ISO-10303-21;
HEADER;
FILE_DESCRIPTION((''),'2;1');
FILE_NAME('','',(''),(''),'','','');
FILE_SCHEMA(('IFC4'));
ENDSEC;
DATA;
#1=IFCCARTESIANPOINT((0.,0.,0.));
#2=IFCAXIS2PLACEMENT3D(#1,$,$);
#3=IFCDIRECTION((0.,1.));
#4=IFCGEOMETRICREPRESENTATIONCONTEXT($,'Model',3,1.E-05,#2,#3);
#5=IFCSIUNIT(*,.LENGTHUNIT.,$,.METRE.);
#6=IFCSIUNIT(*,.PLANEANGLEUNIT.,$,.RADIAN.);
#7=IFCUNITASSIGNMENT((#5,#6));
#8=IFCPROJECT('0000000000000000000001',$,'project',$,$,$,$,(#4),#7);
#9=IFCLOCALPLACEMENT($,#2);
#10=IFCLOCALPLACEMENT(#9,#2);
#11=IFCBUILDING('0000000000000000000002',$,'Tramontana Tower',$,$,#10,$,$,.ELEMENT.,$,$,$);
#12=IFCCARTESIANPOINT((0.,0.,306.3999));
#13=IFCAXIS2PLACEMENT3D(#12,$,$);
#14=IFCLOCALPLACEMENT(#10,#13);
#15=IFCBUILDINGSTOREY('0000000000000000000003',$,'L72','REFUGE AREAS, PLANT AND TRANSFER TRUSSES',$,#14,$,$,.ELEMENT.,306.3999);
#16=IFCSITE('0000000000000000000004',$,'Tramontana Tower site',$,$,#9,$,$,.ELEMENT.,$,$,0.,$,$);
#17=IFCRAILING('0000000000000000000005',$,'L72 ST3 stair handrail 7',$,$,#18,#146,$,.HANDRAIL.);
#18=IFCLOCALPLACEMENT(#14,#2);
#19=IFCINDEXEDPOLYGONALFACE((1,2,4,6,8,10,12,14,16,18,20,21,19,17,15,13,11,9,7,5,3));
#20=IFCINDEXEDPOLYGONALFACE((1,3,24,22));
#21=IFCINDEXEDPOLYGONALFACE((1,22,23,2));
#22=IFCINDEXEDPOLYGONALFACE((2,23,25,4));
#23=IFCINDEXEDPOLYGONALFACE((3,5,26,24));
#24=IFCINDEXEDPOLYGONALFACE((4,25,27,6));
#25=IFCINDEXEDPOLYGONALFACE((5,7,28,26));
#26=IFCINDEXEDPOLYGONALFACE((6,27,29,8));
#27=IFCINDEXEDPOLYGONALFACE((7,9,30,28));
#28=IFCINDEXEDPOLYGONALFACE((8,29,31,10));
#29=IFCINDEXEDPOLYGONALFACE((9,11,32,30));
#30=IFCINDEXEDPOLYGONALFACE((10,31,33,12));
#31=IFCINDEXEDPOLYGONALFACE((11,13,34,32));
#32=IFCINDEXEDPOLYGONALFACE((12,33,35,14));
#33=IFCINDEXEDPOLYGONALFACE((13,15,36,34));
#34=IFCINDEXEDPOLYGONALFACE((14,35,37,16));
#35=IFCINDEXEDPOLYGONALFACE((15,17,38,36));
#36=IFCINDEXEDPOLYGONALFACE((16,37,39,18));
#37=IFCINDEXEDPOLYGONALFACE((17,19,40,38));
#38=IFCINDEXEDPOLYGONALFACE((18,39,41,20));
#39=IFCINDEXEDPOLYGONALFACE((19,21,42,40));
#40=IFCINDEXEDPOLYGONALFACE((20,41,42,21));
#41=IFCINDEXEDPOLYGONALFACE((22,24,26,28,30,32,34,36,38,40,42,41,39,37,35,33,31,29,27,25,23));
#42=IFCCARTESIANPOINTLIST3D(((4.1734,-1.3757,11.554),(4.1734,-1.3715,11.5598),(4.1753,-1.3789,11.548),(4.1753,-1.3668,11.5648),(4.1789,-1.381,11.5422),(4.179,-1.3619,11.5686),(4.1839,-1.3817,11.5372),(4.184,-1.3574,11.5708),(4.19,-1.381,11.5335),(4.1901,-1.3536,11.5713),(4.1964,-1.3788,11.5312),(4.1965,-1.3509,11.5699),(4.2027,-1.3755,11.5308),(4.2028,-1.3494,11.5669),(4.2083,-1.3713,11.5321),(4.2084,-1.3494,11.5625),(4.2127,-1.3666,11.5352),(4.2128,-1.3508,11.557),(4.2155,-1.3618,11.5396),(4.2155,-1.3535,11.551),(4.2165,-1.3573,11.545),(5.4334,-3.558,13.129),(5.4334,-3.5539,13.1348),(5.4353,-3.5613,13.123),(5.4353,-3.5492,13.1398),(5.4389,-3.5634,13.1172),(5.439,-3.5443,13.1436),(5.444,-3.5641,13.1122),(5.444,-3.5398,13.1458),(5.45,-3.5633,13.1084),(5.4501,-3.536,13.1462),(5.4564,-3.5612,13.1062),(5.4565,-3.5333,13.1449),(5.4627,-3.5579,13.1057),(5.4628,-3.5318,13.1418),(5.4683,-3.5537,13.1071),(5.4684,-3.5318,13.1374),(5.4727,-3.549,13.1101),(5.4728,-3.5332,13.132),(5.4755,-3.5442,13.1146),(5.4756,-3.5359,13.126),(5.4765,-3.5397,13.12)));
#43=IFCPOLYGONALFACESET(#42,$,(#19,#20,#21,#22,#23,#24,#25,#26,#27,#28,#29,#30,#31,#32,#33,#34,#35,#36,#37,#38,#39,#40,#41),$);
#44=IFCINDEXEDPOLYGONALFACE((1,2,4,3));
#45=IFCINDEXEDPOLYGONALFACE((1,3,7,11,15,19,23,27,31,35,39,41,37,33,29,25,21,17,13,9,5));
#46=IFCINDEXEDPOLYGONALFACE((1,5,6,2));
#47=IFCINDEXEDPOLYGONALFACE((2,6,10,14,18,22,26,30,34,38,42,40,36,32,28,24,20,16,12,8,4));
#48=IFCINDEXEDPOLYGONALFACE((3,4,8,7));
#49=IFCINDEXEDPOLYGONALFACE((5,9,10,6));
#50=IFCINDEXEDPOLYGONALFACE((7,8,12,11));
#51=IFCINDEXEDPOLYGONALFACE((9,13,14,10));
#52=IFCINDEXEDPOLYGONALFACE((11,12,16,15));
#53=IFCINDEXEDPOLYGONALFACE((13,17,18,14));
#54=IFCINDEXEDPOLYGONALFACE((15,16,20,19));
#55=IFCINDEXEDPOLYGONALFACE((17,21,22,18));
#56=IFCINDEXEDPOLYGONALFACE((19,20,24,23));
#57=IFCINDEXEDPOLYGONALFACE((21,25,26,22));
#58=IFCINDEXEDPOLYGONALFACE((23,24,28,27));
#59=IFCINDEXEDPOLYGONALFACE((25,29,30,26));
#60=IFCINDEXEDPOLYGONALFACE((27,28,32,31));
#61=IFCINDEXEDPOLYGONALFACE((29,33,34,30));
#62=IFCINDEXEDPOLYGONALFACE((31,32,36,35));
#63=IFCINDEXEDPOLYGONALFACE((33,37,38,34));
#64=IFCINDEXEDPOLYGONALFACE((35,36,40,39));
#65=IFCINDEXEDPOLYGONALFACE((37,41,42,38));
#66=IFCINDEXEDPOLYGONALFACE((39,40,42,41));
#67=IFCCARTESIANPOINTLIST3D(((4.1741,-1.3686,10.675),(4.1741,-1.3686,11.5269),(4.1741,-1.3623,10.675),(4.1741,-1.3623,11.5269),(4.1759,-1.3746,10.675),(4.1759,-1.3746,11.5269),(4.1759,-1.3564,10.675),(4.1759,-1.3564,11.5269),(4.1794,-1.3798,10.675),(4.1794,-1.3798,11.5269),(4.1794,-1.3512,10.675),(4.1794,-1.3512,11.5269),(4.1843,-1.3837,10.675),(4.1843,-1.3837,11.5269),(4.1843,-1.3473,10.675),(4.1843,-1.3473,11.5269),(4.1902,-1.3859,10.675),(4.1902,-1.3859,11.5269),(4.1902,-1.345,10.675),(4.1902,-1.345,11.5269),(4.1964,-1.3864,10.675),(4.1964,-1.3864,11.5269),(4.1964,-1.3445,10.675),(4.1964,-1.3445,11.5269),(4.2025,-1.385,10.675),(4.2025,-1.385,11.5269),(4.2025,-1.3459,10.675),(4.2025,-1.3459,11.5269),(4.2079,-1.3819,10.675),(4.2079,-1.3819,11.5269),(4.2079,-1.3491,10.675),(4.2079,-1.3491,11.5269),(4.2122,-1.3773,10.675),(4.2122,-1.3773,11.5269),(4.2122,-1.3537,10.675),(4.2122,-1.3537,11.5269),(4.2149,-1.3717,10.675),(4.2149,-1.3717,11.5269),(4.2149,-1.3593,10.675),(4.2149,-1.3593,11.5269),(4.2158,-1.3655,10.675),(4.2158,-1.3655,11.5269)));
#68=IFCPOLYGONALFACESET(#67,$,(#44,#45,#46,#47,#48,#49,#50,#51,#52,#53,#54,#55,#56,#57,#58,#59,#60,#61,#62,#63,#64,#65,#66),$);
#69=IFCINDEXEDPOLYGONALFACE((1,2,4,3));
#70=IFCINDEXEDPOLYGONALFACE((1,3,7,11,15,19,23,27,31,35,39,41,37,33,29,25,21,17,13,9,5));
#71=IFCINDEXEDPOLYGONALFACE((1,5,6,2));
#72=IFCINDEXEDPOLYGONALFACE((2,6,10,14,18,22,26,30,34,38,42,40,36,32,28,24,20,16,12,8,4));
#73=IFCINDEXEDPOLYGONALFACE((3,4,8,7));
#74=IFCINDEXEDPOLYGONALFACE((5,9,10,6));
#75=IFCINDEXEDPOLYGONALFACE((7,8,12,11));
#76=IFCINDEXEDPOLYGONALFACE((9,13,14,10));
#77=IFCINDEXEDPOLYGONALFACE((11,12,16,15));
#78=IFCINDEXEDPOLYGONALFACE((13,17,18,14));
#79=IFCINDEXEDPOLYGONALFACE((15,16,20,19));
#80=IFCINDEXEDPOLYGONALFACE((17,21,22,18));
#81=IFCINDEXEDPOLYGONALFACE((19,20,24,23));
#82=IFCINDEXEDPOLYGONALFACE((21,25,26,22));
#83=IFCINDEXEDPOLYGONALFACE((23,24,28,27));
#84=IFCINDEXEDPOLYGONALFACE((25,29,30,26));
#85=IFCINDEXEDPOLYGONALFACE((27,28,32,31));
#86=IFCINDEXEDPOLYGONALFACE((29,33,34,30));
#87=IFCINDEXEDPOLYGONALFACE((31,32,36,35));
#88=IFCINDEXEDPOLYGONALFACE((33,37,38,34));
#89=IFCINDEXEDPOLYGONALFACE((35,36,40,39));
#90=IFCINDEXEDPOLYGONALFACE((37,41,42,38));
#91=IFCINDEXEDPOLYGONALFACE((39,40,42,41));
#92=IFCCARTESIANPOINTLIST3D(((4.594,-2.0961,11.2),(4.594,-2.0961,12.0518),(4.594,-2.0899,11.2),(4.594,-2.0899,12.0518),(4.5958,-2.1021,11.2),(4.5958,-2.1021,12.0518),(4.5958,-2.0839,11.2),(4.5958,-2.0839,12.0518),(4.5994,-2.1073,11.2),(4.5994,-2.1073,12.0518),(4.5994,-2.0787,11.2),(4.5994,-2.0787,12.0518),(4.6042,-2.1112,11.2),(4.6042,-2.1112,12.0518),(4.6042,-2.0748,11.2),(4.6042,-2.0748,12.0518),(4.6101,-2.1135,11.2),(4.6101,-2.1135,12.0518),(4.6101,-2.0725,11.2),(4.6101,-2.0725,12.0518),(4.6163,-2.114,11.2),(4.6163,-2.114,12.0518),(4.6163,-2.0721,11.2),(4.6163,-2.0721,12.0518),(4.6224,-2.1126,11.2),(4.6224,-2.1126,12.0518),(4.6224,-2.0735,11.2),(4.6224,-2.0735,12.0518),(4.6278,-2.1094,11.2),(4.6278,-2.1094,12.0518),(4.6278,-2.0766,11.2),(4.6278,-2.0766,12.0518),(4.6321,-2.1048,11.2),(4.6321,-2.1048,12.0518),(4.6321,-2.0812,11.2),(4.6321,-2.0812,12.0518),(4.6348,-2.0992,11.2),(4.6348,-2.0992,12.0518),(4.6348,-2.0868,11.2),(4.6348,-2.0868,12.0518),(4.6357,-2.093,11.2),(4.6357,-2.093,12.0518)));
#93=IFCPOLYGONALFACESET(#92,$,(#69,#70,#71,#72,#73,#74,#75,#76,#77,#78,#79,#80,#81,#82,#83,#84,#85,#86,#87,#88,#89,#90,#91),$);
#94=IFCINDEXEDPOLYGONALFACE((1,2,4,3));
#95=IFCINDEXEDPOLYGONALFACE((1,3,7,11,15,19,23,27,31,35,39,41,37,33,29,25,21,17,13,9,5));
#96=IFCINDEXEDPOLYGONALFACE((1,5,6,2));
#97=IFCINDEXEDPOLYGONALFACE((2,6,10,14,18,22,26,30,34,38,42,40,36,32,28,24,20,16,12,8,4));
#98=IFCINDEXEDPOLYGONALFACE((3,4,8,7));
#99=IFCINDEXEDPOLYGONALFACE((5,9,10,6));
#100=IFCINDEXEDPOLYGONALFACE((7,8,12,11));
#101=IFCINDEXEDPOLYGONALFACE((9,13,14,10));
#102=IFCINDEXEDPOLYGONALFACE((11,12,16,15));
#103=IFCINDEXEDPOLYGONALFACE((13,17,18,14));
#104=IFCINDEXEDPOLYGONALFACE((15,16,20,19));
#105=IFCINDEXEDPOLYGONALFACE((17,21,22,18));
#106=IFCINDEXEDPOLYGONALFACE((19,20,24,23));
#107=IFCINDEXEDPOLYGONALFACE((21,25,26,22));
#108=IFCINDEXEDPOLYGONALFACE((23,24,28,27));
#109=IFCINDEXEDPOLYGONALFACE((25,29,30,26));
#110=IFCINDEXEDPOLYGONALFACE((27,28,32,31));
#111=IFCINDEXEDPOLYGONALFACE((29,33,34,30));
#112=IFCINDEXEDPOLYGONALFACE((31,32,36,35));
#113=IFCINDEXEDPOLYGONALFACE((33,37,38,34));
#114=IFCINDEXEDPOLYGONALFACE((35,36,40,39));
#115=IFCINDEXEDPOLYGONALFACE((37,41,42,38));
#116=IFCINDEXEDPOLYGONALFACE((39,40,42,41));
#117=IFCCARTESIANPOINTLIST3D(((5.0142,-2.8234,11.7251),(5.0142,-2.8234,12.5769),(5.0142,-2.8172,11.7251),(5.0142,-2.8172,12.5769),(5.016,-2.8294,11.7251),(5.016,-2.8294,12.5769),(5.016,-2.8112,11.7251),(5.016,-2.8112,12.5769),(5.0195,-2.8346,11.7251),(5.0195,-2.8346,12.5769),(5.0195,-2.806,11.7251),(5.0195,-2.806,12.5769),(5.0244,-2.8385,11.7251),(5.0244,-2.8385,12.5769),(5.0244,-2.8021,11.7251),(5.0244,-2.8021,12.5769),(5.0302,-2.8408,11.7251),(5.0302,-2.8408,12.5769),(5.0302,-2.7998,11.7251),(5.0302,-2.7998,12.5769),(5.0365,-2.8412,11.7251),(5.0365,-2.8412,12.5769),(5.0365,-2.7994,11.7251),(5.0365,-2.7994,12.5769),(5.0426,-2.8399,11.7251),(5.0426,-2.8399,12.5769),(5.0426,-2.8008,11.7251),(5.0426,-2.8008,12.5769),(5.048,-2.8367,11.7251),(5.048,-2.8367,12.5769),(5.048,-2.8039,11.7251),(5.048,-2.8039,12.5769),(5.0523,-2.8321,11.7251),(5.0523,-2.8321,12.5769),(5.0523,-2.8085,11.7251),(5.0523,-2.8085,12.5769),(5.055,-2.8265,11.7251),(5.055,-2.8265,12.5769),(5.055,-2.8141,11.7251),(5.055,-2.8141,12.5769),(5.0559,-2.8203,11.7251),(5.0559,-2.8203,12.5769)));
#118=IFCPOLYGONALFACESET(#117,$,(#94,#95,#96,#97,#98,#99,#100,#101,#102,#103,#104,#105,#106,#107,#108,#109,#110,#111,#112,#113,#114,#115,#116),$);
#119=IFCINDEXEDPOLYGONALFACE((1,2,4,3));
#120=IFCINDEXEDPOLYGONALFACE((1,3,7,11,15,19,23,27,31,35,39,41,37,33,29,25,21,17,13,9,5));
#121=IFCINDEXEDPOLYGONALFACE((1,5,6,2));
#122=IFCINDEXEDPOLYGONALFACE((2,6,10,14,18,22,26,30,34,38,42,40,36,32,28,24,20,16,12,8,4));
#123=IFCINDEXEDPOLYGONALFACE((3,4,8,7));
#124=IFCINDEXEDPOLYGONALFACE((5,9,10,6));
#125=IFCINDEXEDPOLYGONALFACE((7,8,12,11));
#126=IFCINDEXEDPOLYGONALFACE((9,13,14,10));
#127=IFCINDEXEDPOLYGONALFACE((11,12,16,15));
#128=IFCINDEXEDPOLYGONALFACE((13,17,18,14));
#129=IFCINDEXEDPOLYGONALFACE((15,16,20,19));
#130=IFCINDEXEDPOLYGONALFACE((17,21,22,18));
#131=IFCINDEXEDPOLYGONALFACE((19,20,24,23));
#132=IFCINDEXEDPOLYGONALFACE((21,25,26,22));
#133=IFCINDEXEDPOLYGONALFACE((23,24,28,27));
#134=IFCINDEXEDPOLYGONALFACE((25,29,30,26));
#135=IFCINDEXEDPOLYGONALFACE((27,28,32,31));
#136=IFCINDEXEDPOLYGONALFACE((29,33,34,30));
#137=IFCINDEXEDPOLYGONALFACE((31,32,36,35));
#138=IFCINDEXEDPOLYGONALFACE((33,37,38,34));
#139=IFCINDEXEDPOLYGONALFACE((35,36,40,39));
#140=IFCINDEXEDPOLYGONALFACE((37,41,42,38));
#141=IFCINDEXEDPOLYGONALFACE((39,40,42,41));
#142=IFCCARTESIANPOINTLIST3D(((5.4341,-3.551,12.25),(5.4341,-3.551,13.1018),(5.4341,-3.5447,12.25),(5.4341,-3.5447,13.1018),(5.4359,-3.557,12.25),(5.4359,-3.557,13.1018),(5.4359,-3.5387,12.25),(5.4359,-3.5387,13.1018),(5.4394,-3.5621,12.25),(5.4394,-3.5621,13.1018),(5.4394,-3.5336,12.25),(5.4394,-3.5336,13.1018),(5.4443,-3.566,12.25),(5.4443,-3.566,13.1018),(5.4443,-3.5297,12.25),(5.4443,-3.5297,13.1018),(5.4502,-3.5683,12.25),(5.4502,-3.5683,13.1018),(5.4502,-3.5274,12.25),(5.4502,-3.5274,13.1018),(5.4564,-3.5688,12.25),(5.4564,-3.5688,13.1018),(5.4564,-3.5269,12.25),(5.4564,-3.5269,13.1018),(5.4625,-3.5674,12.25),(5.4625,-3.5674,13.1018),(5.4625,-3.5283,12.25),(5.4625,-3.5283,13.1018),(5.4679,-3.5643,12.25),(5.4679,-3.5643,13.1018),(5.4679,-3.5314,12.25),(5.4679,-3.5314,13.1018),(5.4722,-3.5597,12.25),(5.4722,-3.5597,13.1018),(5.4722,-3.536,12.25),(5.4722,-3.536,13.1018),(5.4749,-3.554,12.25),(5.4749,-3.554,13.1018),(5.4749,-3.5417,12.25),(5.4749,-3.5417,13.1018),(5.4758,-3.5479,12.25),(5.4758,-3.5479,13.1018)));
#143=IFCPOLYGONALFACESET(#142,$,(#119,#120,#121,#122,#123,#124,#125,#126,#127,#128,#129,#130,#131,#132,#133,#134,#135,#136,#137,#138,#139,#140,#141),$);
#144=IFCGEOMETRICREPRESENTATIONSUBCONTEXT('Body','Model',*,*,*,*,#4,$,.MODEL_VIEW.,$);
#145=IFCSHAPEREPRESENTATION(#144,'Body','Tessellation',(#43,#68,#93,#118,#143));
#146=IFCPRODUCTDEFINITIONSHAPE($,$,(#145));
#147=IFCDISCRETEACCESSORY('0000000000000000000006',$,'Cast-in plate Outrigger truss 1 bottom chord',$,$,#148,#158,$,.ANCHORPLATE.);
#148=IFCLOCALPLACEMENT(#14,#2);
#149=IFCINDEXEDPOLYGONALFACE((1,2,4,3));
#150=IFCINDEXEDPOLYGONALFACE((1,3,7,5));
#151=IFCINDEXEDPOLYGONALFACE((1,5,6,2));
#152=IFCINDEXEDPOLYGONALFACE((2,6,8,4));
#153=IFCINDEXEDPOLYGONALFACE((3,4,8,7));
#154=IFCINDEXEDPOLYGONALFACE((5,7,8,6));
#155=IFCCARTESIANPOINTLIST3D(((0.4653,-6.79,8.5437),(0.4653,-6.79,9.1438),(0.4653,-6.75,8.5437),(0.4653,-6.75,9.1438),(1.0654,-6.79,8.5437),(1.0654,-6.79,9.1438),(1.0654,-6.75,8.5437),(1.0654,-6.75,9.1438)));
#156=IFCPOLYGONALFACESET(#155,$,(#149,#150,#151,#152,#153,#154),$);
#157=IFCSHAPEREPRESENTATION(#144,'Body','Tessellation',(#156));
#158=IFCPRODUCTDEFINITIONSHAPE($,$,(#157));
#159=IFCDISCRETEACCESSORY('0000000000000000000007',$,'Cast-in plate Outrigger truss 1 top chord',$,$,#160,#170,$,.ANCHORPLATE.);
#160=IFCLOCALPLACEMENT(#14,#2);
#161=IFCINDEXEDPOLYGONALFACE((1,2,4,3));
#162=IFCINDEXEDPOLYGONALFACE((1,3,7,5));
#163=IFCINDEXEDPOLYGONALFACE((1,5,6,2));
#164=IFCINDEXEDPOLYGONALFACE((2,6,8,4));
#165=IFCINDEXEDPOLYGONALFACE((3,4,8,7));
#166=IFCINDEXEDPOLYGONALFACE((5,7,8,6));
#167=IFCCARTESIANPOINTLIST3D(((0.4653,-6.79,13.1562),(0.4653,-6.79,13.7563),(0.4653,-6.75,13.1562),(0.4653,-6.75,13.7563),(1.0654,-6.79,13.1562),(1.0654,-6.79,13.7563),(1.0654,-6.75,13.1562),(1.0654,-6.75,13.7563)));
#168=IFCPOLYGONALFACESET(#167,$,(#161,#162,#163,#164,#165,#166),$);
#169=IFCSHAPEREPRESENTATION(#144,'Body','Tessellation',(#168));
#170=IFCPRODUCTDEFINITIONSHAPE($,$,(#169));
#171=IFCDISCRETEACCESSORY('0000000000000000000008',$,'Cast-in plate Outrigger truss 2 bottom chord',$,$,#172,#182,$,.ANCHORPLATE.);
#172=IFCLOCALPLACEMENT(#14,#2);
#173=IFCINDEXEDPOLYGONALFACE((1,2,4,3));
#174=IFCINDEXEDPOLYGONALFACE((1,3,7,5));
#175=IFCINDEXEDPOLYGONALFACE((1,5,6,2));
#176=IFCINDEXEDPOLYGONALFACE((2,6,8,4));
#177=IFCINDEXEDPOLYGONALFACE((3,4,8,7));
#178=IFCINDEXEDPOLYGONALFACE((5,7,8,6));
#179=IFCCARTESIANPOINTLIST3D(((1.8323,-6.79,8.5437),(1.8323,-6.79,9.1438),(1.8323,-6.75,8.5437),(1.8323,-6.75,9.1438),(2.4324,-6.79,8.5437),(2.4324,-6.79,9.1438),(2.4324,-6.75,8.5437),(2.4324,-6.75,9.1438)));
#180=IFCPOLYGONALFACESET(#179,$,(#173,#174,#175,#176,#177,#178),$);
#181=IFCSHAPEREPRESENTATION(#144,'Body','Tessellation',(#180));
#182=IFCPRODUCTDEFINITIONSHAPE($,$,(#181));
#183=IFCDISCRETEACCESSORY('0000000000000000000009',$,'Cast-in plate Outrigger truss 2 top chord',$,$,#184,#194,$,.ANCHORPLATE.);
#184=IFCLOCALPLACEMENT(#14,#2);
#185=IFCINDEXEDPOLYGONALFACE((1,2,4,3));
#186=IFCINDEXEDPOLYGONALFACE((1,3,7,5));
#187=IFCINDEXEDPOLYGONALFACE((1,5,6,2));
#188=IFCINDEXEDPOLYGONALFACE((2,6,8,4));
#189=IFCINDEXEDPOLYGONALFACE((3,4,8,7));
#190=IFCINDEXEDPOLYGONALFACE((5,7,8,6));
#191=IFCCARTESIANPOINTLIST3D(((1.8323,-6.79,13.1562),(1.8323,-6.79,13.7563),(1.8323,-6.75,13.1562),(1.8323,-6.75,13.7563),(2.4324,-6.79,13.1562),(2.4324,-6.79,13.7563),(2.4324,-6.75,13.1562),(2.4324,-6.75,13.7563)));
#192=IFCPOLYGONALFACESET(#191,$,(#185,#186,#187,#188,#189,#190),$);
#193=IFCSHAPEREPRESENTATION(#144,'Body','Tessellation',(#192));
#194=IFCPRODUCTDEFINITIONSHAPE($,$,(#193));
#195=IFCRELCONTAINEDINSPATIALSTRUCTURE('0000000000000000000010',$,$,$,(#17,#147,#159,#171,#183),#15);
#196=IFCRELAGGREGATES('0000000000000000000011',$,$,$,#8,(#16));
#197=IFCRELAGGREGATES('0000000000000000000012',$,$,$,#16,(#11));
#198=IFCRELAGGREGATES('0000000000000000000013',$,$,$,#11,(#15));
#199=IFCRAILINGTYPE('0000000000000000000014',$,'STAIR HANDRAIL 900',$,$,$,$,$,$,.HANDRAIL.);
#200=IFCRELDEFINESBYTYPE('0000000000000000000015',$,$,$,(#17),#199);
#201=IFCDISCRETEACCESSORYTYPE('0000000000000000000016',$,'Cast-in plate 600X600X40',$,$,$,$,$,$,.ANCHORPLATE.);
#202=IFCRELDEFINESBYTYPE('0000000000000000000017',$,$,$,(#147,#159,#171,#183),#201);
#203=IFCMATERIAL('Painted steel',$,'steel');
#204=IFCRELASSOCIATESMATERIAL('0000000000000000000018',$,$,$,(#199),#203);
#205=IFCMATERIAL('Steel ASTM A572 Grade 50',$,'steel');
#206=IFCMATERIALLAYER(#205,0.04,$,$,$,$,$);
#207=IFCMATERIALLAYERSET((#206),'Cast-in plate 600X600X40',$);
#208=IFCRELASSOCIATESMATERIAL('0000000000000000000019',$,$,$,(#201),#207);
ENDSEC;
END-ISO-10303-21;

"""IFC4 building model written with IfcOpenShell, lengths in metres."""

from ifc_helpers import new_model, si_unit, direction, frame, origin, origin_2d, place, context, subcontext, project, spatial, rectangle, circle, extrude, material, layer, layer_set, type_object, element, save


model = new_model("IFC4")

# Units and contexts
model_context = context("Model", 3, precision=1e-05, world=origin(), true_north=direction((0.0, 1.0)))
body_context = subcontext(model_context, "Body", "Model", "MODEL_VIEW")
ifc_project = project(units=[si_unit("LENGTHUNIT", "METRE"), si_unit("PLANEANGLEUNIT", "RADIAN")], contexts=[model_context])

# Site, building, storey
site_placement = place(None, origin())
site = spatial("IfcSite", under=ifc_project, at=site_placement, Name="Tramontana Tower site", CompositionType="ELEMENT", RefElevation=0.0)
building_placement = place(site_placement, origin())
building = spatial("IfcBuilding", under=site, at=building_placement, Name="Tramontana Tower", CompositionType="ELEMENT")
storey_placement = place(building_placement, frame((0.0, 0.0, 306.3999)))
storey = spatial("IfcBuildingStorey", under=building, at=storey_placement, Name="L72", Description="REFUGE AREAS, PLANT AND TRANSFER TRUSSES", CompositionType="ELEMENT", Elevation=306.3999)

# Railing
ifc_material_1 = material(Name="Painted steel", Category="steel")
railing_type_1 = type_object("IfcRailingType", Name="STAIR HANDRAIL 900", PredefinedType="HANDRAIL", material=ifc_material_1)
for number, where, name in (
    (1, (4.1948, -1.3655, 10.675), "L72 ST3 stair handrail 7"),
):
    element("IfcRailing", number, at=place(storey_placement, frame(where)), inside=storey, type_object=railing_type_1, Name=name, PredefinedType="HANDRAIL", context=body_context, shape_type="SweptSolid", body=[
        extrude(circle(Radius=0.0239, at=origin_2d()), frame((0.0, 0.0, 0.876), z_axis=(0.424007, -0.734392, 0.529988), x_axis=(0.866023, 0.500005, 0.0)), (0.0, 0.0, 1.0), 2.9717),
        extrude(circle(Radius=0.021, at=origin_2d()), origin(), (0.0, 0.0, 1.0), 0.8518),
        extrude(circle(Radius=0.021, at=origin_2d()), frame((0.4199, -0.7275, 0.5249)), (0.0, 0.0, 1.0), 0.8518),
        extrude(circle(Radius=0.021, at=origin_2d()), frame((0.8401, -1.4548, 1.05)), (0.0, 0.0, 1.0), 0.8518),
        extrude(circle(Radius=0.021, at=origin_2d()), frame((1.26, -2.1824, 1.575)), (0.0, 0.0, 1.0), 0.8518),
    ])

# Discrete accessories
ifc_material_2 = material(Name="Steel ASTM A572 Grade 50", Category="steel")
ifc_layer_1 = layer(ifc_material_2, 0.04)
ifc_layer_set_1 = layer_set([ifc_layer_1], Name="Cast-in plate 600X600X40")
discrete_accessory_type = type_object("IfcDiscreteAccessoryType", Name="Cast-in plate 600X600X40", PredefinedType="ANCHORPLATE", material=ifc_layer_set_1)
for number, where, z_axis, x_axis, name in (
    (2, (0.7654, -6.77, 8.5437), (0.0, 0.0, 1.0), (1.0, 0.0, 0.0), "Cast-in plate Outrigger truss 1 bottom chord"),
    (3, (0.7654, -6.77, 13.1562), (0.0, 0.0, 1.0), (1.0, 0.0, 0.0), "Cast-in plate Outrigger truss 1 top chord"),
    (4, (2.1323, -6.77, 8.5437), (0.0, 0.0, 1.0), (1.0, 0.0, 0.0), "Cast-in plate Outrigger truss 2 bottom chord"),
    (5, (2.1323, -6.77, 13.1562), (0.0, 0.0, 1.0), (1.0, 0.0, 0.0), "Cast-in plate Outrigger truss 2 top chord"),
):
    element("IfcDiscreteAccessory", number, at=place(storey_placement, frame(where, z_axis=z_axis, x_axis=x_axis)), inside=storey, type_object=discrete_accessory_type, Name=name, PredefinedType="ANCHORPLATE", context=body_context, shape_type="SweptSolid", body=[
        extrude(rectangle(XDim=0.6001, YDim=0.04, at=origin_2d()), origin(), (0.0, 0.0, 1.0), 0.6001),
    ])

save(model, "model.ifc")
